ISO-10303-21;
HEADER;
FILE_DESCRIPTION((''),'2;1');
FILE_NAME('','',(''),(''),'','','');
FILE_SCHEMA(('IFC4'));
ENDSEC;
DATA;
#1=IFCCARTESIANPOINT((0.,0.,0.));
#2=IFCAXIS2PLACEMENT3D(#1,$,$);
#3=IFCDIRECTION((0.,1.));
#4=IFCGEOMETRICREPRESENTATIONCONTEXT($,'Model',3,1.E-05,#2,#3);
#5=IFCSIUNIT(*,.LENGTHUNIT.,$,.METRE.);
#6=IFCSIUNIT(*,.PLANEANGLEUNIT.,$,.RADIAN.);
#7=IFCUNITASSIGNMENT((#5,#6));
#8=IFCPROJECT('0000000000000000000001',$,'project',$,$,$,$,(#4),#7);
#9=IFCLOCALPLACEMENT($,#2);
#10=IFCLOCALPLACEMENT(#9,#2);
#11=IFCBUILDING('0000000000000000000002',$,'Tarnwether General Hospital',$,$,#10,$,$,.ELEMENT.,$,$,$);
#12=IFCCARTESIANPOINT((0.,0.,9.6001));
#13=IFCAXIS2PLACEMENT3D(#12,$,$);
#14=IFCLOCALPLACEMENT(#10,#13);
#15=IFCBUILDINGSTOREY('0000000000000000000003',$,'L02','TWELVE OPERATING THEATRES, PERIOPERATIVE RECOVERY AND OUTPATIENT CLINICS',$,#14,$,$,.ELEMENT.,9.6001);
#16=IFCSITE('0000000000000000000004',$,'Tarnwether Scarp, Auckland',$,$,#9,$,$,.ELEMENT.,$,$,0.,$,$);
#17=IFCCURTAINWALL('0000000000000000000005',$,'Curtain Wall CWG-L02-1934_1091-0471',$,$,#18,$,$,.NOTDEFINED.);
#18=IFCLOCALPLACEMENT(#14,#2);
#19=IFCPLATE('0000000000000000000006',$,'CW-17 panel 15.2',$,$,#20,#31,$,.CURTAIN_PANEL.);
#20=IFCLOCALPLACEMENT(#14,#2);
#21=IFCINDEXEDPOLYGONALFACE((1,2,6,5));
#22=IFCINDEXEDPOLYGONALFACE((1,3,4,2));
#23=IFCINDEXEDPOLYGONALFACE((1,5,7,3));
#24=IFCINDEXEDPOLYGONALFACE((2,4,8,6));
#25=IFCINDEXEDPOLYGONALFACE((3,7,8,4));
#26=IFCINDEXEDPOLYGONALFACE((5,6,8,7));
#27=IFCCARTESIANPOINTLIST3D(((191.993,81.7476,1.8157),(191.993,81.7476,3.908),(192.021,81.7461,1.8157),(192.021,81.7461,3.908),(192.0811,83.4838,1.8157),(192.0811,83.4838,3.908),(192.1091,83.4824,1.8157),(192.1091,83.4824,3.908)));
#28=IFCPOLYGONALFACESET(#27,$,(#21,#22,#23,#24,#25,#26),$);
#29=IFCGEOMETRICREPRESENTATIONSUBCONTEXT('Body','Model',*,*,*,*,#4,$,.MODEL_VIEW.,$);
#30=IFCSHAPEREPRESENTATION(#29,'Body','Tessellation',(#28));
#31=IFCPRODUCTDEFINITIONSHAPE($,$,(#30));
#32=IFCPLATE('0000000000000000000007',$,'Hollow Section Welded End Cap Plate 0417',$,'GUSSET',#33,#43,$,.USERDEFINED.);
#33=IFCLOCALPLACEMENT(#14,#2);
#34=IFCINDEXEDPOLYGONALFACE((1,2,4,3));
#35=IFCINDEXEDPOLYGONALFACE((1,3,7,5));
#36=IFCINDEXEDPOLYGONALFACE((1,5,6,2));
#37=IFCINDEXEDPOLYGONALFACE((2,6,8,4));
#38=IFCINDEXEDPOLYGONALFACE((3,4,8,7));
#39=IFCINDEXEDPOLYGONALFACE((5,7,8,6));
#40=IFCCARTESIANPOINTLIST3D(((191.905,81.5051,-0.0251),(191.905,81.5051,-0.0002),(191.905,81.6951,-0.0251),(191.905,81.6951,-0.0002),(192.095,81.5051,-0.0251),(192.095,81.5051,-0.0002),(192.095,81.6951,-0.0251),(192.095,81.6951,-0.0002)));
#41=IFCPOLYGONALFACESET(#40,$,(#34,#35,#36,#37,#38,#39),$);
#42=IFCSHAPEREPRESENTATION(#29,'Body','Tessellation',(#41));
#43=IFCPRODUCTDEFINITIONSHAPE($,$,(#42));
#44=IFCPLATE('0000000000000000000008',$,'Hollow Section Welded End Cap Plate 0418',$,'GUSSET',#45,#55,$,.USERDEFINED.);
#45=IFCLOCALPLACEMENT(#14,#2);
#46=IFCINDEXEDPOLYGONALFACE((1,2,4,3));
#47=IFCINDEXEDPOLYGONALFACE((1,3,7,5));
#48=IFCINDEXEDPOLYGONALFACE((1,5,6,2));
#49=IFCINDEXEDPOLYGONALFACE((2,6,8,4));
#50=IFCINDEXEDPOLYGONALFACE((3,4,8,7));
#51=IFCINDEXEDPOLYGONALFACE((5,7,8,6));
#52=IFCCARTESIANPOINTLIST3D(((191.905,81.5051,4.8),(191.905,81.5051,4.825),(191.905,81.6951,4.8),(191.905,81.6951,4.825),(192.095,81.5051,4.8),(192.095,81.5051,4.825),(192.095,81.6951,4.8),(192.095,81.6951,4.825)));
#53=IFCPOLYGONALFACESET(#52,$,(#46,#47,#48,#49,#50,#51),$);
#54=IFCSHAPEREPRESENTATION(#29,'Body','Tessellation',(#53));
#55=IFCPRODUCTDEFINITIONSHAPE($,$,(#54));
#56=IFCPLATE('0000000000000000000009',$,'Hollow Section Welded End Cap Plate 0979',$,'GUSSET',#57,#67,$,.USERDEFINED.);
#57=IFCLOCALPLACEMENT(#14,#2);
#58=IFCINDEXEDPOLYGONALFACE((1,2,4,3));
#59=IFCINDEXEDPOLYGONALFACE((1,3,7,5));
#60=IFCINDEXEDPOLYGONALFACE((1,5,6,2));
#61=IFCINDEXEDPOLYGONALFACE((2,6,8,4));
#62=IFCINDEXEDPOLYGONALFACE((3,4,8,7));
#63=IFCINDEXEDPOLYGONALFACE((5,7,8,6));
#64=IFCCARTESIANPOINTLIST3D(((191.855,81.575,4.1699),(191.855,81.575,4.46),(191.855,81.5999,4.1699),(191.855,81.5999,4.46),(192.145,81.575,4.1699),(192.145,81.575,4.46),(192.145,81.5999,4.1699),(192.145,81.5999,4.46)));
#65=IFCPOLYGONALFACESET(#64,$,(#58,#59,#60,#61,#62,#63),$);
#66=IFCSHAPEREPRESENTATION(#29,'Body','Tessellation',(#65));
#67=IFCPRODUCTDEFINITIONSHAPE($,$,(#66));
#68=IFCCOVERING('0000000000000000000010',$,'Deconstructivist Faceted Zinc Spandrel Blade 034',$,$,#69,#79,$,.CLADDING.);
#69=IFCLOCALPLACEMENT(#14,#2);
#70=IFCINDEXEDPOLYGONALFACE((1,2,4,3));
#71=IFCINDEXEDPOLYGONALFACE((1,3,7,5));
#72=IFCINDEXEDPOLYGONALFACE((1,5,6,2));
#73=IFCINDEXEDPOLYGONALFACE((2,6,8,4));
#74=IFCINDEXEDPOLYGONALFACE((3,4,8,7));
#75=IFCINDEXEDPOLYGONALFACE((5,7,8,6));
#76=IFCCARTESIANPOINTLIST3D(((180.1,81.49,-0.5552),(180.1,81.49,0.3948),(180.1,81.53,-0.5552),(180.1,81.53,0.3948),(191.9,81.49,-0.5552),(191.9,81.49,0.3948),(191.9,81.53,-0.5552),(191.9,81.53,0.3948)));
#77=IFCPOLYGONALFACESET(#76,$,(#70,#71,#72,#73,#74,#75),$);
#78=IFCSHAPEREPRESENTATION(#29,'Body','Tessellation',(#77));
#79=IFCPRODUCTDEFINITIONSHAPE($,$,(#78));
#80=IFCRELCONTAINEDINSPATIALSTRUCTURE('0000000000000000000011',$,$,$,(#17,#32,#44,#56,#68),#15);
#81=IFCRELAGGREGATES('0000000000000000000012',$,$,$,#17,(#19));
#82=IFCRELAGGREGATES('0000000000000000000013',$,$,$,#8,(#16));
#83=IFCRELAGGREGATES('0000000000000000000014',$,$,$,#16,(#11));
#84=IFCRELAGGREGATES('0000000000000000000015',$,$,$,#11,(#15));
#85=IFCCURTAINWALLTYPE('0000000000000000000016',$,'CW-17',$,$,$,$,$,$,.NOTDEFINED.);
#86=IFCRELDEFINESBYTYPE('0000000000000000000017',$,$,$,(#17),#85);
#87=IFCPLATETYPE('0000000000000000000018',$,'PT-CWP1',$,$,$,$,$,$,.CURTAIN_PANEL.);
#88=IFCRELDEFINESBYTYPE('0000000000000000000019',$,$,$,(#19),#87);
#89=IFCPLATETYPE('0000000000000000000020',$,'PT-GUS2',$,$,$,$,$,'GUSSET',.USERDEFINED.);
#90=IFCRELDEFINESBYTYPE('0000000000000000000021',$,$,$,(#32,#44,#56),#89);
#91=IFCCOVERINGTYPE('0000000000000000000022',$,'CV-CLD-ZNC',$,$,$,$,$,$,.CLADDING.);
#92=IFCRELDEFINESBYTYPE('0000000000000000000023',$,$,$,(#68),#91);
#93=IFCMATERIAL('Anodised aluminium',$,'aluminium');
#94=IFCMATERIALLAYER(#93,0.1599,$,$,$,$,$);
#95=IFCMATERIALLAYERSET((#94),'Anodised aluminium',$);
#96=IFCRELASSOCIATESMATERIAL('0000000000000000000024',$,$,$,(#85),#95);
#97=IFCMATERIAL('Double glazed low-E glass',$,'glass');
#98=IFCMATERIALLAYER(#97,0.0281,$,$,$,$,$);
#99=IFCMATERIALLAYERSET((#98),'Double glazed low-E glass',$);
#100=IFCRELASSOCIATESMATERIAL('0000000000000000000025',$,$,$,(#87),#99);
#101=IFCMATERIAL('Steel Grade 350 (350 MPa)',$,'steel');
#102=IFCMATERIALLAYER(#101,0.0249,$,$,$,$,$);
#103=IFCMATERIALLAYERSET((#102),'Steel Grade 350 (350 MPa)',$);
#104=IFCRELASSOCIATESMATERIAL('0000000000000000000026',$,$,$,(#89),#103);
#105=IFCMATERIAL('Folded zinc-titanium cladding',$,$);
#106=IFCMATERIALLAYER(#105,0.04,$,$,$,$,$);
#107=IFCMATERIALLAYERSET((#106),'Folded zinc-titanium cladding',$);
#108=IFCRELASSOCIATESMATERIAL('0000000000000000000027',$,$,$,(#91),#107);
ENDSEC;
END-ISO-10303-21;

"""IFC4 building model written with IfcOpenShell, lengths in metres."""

from ifc_helpers import new_model, si_unit, direction, frame, origin, origin_2d, place, context, subcontext, project, spatial, rectangle, extrude, material, layer, layer_set, type_object, element, aggregate, save


model = new_model("IFC4")

# Units and contexts
model_context = context("Model", 3, precision=1e-05, world=origin(), true_north=direction((0.0, 1.0)))
body_context = subcontext(model_context, "Body", "Model", "MODEL_VIEW")
ifc_project = project(units=[si_unit("LENGTHUNIT", "METRE"), si_unit("PLANEANGLEUNIT", "RADIAN")], contexts=[model_context])

# Site, building, storey
site_placement = place(None, origin())
site = spatial("IfcSite", under=ifc_project, at=site_placement, Name="Tarnwether Scarp, Auckland", CompositionType="ELEMENT", RefElevation=0.0)
building_placement = place(site_placement, origin())
building = spatial("IfcBuilding", under=site, at=building_placement, Name="Tarnwether General Hospital", CompositionType="ELEMENT")
storey_placement = place(building_placement, frame((0.0, 0.0, 9.6001)))
storey = spatial("IfcBuildingStorey", under=building, at=storey_placement, Name="L02", Description="TWELVE OPERATING THEATRES, PERIOPERATIVE RECOVERY AND OUTPATIENT CLINICS", CompositionType="ELEMENT", Elevation=9.6001)

# Shared definitions
ifc_material_1 = material(Name="Anodised aluminium", Category="aluminium")
ifc_layer_1 = layer(ifc_material_1, 0.1599)
ifc_layer_set_1 = layer_set([ifc_layer_1], Name="Anodised aluminium")
curtain_wall_type = type_object("IfcCurtainWallType", Name="CW-17", PredefinedType="NOTDEFINED", material=ifc_layer_set_1)

# Curtain wall
curtain_wall_1_placement = place(storey_placement, origin())
curtain_wall_1 = element("IfcCurtainWall", 1, at=curtain_wall_1_placement, inside=storey, type_object=curtain_wall_type, Name="Curtain Wall CWG-L02-1934_1091-0471", PredefinedType="NOTDEFINED")

# Plate
ifc_material_2 = material(Name="Double glazed low-E glass", Category="glass")
ifc_layer_2 = layer(ifc_material_2, 0.0281)
ifc_layer_set_2 = layer_set([ifc_layer_2], Name="Double glazed low-E glass")
plate_type_1 = type_object("IfcPlateType", Name="PT-CWP1", PredefinedType="CURTAIN_PANEL", material=ifc_layer_set_2)
plate_1_placement = place(storey_placement, frame((192.051, 82.615, 1.8157), z_axis=(0.0, 0.0, 1.0), x_axis=(-0.050678, -0.998715, 0.0)))
plate_1 = element("IfcPlate", 2, at=plate_1_placement, type_object=plate_type_1, Name="CW-17 panel 15.2", PredefinedType="CURTAIN_PANEL", context=body_context, shape_type="SweptSolid", body=[
    extrude(rectangle(XDim=1.7385, YDim=0.0281, at=origin_2d()), origin(), (0.0, 0.0, 1.0), 2.0923),
])
aggregate(curtain_wall_1, [plate_1])

# Plates
ifc_material_3 = material(Name="Steel Grade 350 (350 MPa)", Category="steel")
ifc_layer_3 = layer(ifc_material_3, 0.0249)
ifc_layer_set_3 = layer_set([ifc_layer_3], Name="Steel Grade 350 (350 MPa)")
plate_type_2 = type_object("IfcPlateType", Name="PT-GUS2", ElementType="GUSSET", PredefinedType="USERDEFINED", material=ifc_layer_set_3)
for number, where, z_axis, x_axis, name in (
    (3, (192.0, 81.6001, -0.0251), (0.0, 0.0, 1.0), (1.0, 0.0, 0.0), "Hollow Section Welded End Cap Plate 0417"),
    (4, (192.0, 81.6001, 4.8), (0.0, 0.0, 1.0), (1.0, 0.0, 0.0), "Hollow Section Welded End Cap Plate 0418"),
):
    element("IfcPlate", number, at=place(storey_placement, frame(where, z_axis=z_axis, x_axis=x_axis)), inside=storey, type_object=plate_type_2, Name=name, ObjectType="GUSSET", PredefinedType="USERDEFINED", context=body_context, shape_type="SweptSolid", body=[
        extrude(rectangle(XDim=0.1899, YDim=0.1899, at=origin_2d()), origin(), (0.0, 0.0, 1.0), 0.0249),
    ])
plate_2_placement = place(storey_placement, frame((192.0, 81.5874, 4.1699), z_axis=(0.0, 0.0, 1.0), x_axis=(0.0, 1.0, 0.0)))
element("IfcPlate", 5, at=plate_2_placement, inside=storey, type_object=plate_type_2, Name="Hollow Section Welded End Cap Plate 0979", ObjectType="GUSSET", PredefinedType="USERDEFINED", context=body_context, shape_type="SweptSolid", body=[
    extrude(rectangle(XDim=0.0249, YDim=0.29, at=origin_2d()), origin(), (0.0, 0.0, 1.0), 0.29),
])

# Covering
ifc_material_4 = material(Name="Folded zinc-titanium cladding")
ifc_layer_4 = layer(ifc_material_4, 0.04)
ifc_layer_set_4 = layer_set([ifc_layer_4], Name="Folded zinc-titanium cladding")
covering_type = type_object("IfcCoveringType", Name="CV-CLD-ZNC", PredefinedType="CLADDING", material=ifc_layer_set_4)
covering_placement = place(storey_placement, frame((186.0, 81.51, -0.5552), z_axis=(0.0, 0.0, 1.0), x_axis=(1.0, 0.0, 0.0)))
element("IfcCovering", 6, at=covering_placement, inside=storey, type_object=covering_type, Name="Deconstructivist Faceted Zinc Spandrel Blade 034", PredefinedType="CLADDING", context=body_context, shape_type="SweptSolid", body=[
    extrude(rectangle(XDim=11.8, YDim=0.04, at=origin_2d()), origin(), (0.0, 0.0, 1.0), 0.95),
])

save(model, "model.ifc")
